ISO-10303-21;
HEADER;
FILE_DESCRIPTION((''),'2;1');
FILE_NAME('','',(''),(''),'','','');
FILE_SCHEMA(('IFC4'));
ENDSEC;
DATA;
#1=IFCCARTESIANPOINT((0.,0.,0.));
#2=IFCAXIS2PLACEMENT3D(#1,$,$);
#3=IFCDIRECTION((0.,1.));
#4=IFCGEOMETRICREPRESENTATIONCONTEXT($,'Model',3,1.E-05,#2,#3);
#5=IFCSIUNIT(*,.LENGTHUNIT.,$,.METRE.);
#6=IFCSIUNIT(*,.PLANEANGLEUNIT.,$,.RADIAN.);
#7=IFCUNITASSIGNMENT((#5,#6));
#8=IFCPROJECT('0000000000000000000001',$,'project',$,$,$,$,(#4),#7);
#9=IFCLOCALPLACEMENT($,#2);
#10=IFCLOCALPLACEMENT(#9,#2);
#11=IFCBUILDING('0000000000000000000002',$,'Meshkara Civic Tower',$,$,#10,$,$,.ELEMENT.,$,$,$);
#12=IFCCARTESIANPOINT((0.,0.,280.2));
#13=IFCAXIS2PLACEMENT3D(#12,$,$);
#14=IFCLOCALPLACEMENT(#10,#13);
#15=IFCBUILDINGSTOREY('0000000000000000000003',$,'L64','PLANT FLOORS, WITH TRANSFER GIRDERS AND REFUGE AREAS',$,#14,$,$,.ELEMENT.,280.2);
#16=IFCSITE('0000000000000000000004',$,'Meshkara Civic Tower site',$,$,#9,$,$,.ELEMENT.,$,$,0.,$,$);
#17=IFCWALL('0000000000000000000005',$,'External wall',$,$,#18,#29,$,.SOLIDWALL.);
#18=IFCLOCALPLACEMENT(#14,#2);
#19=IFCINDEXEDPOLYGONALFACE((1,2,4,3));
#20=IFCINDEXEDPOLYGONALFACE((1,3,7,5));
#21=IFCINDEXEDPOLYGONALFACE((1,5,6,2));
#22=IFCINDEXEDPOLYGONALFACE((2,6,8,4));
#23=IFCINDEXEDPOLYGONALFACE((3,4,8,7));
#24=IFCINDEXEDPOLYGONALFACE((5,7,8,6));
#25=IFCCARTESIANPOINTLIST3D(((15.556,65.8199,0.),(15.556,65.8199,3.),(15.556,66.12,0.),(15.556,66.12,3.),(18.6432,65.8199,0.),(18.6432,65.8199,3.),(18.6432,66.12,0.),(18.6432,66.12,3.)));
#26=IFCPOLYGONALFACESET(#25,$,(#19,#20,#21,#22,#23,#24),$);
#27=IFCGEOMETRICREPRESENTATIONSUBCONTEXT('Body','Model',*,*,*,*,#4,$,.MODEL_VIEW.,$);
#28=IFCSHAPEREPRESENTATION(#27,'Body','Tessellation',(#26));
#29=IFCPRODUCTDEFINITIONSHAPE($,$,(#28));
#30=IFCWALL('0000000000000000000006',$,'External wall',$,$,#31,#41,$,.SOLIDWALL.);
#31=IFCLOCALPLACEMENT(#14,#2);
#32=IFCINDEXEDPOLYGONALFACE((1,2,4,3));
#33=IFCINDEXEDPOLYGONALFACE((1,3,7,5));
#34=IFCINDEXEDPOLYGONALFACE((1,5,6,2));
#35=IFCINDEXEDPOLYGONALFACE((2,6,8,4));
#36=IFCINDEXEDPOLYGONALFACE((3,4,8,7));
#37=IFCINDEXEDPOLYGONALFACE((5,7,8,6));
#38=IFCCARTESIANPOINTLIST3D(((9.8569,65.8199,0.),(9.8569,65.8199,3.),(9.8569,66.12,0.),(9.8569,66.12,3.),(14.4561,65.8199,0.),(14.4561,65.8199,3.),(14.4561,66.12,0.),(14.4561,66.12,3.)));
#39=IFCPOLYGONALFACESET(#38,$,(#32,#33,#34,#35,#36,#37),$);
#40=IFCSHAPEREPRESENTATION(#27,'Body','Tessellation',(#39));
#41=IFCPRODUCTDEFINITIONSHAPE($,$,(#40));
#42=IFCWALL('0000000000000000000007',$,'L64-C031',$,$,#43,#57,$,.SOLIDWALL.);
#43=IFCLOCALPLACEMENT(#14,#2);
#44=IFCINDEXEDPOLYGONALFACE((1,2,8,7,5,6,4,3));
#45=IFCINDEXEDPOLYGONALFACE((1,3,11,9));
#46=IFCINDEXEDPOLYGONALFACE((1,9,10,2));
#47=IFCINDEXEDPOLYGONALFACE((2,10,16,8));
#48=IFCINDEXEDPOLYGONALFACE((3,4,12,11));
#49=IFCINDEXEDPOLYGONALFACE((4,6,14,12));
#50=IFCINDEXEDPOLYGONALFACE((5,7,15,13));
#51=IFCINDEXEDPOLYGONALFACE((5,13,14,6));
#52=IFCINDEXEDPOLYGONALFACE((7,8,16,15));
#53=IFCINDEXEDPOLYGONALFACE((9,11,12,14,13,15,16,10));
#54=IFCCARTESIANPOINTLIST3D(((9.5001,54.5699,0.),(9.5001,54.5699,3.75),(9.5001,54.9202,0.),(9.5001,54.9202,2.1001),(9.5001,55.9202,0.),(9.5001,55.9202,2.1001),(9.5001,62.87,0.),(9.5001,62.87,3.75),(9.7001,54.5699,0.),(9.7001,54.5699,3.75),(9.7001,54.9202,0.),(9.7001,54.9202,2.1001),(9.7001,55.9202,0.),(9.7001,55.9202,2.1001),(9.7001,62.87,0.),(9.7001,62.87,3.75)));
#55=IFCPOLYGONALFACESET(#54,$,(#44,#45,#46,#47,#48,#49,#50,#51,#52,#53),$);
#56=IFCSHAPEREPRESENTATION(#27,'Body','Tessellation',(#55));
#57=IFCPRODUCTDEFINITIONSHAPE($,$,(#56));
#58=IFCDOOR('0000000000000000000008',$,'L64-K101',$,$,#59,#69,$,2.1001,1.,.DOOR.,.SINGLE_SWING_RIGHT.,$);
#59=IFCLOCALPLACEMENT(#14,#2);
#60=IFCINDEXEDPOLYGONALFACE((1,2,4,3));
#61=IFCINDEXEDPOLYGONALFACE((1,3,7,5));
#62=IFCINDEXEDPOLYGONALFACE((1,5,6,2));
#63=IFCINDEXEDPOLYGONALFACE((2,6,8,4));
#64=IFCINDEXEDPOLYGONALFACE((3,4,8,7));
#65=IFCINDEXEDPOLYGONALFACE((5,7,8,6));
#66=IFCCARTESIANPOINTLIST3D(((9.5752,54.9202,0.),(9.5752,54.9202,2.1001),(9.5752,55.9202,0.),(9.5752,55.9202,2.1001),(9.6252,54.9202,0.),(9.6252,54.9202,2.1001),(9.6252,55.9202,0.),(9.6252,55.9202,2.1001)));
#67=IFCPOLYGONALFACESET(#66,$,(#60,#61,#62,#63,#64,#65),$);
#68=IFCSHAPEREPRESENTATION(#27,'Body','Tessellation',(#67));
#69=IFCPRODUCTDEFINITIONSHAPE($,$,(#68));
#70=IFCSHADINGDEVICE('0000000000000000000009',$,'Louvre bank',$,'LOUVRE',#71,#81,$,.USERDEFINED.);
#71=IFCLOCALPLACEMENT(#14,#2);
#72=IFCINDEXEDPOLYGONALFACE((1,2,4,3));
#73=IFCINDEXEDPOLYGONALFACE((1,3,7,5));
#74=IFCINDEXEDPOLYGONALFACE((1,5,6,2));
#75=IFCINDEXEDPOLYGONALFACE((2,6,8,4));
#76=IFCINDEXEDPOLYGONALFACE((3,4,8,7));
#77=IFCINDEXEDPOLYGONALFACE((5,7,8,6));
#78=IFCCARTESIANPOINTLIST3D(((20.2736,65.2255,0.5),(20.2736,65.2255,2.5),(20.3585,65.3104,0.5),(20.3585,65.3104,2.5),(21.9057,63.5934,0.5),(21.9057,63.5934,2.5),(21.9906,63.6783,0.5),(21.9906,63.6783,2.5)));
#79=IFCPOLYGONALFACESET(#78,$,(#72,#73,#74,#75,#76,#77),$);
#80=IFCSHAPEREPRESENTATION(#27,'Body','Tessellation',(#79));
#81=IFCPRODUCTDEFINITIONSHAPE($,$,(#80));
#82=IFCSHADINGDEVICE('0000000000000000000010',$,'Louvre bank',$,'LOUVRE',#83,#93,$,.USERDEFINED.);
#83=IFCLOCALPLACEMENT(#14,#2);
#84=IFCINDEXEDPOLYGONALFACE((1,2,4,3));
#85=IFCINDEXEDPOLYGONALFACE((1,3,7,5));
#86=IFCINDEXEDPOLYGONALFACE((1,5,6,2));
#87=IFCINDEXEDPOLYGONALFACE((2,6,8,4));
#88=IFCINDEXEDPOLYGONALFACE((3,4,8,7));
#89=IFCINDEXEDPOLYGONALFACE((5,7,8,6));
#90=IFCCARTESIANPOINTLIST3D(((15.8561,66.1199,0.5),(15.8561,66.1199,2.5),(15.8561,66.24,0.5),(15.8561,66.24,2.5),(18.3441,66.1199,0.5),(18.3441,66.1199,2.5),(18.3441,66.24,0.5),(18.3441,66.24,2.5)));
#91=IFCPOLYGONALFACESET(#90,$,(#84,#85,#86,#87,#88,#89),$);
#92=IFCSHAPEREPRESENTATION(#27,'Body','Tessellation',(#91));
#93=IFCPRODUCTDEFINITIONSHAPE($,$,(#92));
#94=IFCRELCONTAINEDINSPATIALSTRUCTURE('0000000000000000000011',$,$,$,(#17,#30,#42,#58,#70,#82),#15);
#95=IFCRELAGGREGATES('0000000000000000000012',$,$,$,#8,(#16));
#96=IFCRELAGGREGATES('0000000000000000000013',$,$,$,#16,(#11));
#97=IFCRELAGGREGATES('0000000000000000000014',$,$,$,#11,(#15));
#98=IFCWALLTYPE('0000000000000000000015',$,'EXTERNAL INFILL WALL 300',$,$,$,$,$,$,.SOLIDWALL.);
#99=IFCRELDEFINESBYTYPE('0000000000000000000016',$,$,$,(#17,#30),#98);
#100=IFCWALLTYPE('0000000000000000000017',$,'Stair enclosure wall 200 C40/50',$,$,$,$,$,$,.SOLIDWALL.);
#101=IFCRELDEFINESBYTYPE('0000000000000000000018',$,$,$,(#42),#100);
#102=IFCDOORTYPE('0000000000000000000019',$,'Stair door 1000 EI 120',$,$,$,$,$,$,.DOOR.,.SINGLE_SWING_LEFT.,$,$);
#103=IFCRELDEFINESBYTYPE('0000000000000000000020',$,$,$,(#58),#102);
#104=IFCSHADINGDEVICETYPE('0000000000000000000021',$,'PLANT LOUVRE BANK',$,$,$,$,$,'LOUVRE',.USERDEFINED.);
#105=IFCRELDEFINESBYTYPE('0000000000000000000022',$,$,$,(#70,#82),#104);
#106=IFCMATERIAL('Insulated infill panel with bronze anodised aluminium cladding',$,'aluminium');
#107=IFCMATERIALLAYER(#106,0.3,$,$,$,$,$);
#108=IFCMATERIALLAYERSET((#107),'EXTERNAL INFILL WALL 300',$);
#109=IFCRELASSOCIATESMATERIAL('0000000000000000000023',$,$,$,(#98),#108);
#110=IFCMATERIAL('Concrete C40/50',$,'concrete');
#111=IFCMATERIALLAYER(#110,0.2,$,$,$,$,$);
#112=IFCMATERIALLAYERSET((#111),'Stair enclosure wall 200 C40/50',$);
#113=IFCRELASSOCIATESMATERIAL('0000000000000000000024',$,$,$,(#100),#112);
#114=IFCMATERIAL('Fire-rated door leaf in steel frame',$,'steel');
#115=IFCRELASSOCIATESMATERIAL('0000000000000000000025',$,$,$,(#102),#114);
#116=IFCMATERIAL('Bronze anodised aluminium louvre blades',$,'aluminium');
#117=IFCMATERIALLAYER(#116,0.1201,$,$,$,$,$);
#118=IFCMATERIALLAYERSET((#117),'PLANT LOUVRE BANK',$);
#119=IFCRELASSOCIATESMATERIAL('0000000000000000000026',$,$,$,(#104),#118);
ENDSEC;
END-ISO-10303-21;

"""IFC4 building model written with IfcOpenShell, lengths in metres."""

from ifc_helpers import new_model, si_unit, direction, frame, frame_2d, origin, origin_2d, place, context, subcontext, project, spatial, rectangle, extrude, material, layer, layer_set, type_object, element, fill, save


model = new_model("IFC4")

# Units and contexts
model_context = context("Model", 3, precision=1e-05, world=origin(), true_north=direction((0.0, 1.0)))
body_context = subcontext(model_context, "Body", "Model", "MODEL_VIEW")
ifc_project = project(units=[si_unit("LENGTHUNIT", "METRE"), si_unit("PLANEANGLEUNIT", "RADIAN")], contexts=[model_context])

# Site, building, storey
site_placement = place(None, origin())
site = spatial("IfcSite", under=ifc_project, at=site_placement, Name="Meshkara Civic Tower site", CompositionType="ELEMENT", RefElevation=0.0)
building_placement = place(site_placement, origin())
building = spatial("IfcBuilding", under=site, at=building_placement, Name="Meshkara Civic Tower", CompositionType="ELEMENT")
storey_placement = place(building_placement, frame((0.0, 0.0, 280.2)))
storey = spatial("IfcBuildingStorey", under=building, at=storey_placement, Name="L64", Description="PLANT FLOORS, WITH TRANSFER GIRDERS AND REFUGE AREAS", CompositionType="ELEMENT", Elevation=280.2)

# Walls
ifc_material_1 = material(Name="Insulated infill panel with bronze anodised aluminium cladding", Category="aluminium")
ifc_layer_1 = layer(ifc_material_1, 0.3)
ifc_layer_set_1 = layer_set([ifc_layer_1], Name="EXTERNAL INFILL WALL 300")
wall_type_1 = type_object("IfcWallType", Name="EXTERNAL INFILL WALL 300", PredefinedType="SOLIDWALL", material=ifc_layer_set_1)
wall_1_placement = place(storey_placement, frame((18.6431, 65.97, 0.0), z_axis=(0.0, 0.0, 1.0), x_axis=(-1.0, 0.0, 0.0)))
element("IfcWall", 1, at=wall_1_placement, inside=storey, type_object=wall_type_1, Name="External wall", PredefinedType="SOLIDWALL", context=body_context, shape_type="SweptSolid", body=[
    extrude(rectangle(XDim=3.0872, YDim=0.3, at=frame_2d((1.5435, 0.0))), origin(), (0.0, 0.0, 1.0), 3.0),
])
wall_2_placement = place(storey_placement, frame((14.4561, 65.97, 0.0), z_axis=(0.0, 0.0, 1.0), x_axis=(-1.0, 0.0, 0.0)))
element("IfcWall", 2, at=wall_2_placement, inside=storey, type_object=wall_type_1, Name="External wall", PredefinedType="SOLIDWALL", context=body_context, shape_type="SweptSolid", body=[
    extrude(rectangle(XDim=4.5991, YDim=0.3, at=frame_2d((2.2996, 0.0))), origin(), (0.0, 0.0, 1.0), 3.0),
])

# Wall, opening, door
ifc_material_2 = material(Name="Concrete C40/50", Category="concrete")
ifc_layer_2 = layer(ifc_material_2, 0.2)
ifc_layer_set_2 = layer_set([ifc_layer_2], Name="Stair enclosure wall 200 C40/50")
wall_type_2 = type_object("IfcWallType", Name="Stair enclosure wall 200 C40/50", PredefinedType="SOLIDWALL", material=ifc_layer_set_2)
wall_3_placement = place(storey_placement, frame((9.6001, 54.5701, 0.0), z_axis=(0.0, 0.0, 1.0), x_axis=(0.0, 1.0, 0.0)))
wall_3 = element("IfcWall", 3, at=wall_3_placement, inside=storey, type_object=wall_type_2, Name="L64-C031", PredefinedType="SOLIDWALL", context=body_context, shape_type="SweptSolid", body=[
    extrude(rectangle(XDim=8.3, YDim=0.2, at=frame_2d((4.1499, 0.0))), origin(), (0.0, 0.0, 1.0), 3.75),
])
opening_placement = place(wall_3_placement, frame((0.3501, 0.0, 0.0)))
opening = element("IfcOpeningElement", 4, at=opening_placement, cuts=wall_3, PredefinedType="OPENING", context=body_context, shape_type="SweptSolid", body=[
    extrude(rectangle(XDim=1.0, YDim=2.1001, at=frame_2d((0.5, 1.05))), frame((0.0, 0.1099, 0.0), z_axis=(0.0, -1.0, 0.0), x_axis=(1.0, 0.0, 0.0)), (0.0, 0.0, 1.0), 0.22),
])
ifc_material_3 = material(Name="Fire-rated door leaf in steel frame", Category="steel")
door_type = type_object("IfcDoorType", Name="Stair door 1000 EI 120", OperationType="SINGLE_SWING_LEFT", PredefinedType="DOOR", material=ifc_material_3)
door_placement = place(opening_placement, origin())
door = element("IfcDoor", 5, at=door_placement, inside=storey, type_object=door_type, Name="L64-K101", OperationType="SINGLE_SWING_RIGHT", OverallHeight=2.1001, OverallWidth=1.0, PredefinedType="DOOR", context=body_context, shape_type="SweptSolid", body=[
    extrude(rectangle(XDim=1.0, YDim=2.1001, at=frame_2d((0.5, 1.05))), frame((0.0, 0.0249, 0.0), z_axis=(0.0, -1.0, 0.0), x_axis=(1.0, 0.0, 0.0)), (0.0, 0.0, 1.0), 0.05),
])
fill(opening, door)

# Shading devices
ifc_material_4 = material(Name="Bronze anodised aluminium louvre blades", Category="aluminium")
ifc_layer_3 = layer(ifc_material_4, 0.1201)
ifc_layer_set_3 = layer_set([ifc_layer_3], Name="PLANT LOUVRE BANK")
shading_device_type = type_object("IfcShadingDeviceType", Name="PLANT LOUVRE BANK", ElementType="LOUVRE", PredefinedType="USERDEFINED", material=ifc_layer_set_3)
shading_device_1_placement = place(storey_placement, frame((21.1321, 64.4519, 0.5), z_axis=(0.0, 0.0, 1.0), x_axis=(-0.707107, 0.707107, 0.0)))
element("IfcShadingDevice", 6, at=shading_device_1_placement, inside=storey, type_object=shading_device_type, Name="Louvre bank", ObjectType="LOUVRE", PredefinedType="USERDEFINED", context=body_context, shape_type="SweptSolid", body=[
    extrude(rectangle(XDim=2.3081, YDim=0.1201, at=origin_2d()), origin(), (0.0, 0.0, 1.0), 2.0),
])
shading_device_2_placement = place(storey_placement, frame((17.1001, 66.1799, 0.5), z_axis=(0.0, 0.0, 1.0), x_axis=(-1.0, 0.0, 0.0)))
element("IfcShadingDevice", 7, at=shading_device_2_placement, inside=storey, type_object=shading_device_type, Name="Louvre bank", ObjectType="LOUVRE", PredefinedType="USERDEFINED", context=body_context, shape_type="SweptSolid", body=[
    extrude(rectangle(XDim=2.488, YDim=0.1201, at=origin_2d()), origin(), (0.0, 0.0, 1.0), 2.0),
])

save(model, "model.ifc")
